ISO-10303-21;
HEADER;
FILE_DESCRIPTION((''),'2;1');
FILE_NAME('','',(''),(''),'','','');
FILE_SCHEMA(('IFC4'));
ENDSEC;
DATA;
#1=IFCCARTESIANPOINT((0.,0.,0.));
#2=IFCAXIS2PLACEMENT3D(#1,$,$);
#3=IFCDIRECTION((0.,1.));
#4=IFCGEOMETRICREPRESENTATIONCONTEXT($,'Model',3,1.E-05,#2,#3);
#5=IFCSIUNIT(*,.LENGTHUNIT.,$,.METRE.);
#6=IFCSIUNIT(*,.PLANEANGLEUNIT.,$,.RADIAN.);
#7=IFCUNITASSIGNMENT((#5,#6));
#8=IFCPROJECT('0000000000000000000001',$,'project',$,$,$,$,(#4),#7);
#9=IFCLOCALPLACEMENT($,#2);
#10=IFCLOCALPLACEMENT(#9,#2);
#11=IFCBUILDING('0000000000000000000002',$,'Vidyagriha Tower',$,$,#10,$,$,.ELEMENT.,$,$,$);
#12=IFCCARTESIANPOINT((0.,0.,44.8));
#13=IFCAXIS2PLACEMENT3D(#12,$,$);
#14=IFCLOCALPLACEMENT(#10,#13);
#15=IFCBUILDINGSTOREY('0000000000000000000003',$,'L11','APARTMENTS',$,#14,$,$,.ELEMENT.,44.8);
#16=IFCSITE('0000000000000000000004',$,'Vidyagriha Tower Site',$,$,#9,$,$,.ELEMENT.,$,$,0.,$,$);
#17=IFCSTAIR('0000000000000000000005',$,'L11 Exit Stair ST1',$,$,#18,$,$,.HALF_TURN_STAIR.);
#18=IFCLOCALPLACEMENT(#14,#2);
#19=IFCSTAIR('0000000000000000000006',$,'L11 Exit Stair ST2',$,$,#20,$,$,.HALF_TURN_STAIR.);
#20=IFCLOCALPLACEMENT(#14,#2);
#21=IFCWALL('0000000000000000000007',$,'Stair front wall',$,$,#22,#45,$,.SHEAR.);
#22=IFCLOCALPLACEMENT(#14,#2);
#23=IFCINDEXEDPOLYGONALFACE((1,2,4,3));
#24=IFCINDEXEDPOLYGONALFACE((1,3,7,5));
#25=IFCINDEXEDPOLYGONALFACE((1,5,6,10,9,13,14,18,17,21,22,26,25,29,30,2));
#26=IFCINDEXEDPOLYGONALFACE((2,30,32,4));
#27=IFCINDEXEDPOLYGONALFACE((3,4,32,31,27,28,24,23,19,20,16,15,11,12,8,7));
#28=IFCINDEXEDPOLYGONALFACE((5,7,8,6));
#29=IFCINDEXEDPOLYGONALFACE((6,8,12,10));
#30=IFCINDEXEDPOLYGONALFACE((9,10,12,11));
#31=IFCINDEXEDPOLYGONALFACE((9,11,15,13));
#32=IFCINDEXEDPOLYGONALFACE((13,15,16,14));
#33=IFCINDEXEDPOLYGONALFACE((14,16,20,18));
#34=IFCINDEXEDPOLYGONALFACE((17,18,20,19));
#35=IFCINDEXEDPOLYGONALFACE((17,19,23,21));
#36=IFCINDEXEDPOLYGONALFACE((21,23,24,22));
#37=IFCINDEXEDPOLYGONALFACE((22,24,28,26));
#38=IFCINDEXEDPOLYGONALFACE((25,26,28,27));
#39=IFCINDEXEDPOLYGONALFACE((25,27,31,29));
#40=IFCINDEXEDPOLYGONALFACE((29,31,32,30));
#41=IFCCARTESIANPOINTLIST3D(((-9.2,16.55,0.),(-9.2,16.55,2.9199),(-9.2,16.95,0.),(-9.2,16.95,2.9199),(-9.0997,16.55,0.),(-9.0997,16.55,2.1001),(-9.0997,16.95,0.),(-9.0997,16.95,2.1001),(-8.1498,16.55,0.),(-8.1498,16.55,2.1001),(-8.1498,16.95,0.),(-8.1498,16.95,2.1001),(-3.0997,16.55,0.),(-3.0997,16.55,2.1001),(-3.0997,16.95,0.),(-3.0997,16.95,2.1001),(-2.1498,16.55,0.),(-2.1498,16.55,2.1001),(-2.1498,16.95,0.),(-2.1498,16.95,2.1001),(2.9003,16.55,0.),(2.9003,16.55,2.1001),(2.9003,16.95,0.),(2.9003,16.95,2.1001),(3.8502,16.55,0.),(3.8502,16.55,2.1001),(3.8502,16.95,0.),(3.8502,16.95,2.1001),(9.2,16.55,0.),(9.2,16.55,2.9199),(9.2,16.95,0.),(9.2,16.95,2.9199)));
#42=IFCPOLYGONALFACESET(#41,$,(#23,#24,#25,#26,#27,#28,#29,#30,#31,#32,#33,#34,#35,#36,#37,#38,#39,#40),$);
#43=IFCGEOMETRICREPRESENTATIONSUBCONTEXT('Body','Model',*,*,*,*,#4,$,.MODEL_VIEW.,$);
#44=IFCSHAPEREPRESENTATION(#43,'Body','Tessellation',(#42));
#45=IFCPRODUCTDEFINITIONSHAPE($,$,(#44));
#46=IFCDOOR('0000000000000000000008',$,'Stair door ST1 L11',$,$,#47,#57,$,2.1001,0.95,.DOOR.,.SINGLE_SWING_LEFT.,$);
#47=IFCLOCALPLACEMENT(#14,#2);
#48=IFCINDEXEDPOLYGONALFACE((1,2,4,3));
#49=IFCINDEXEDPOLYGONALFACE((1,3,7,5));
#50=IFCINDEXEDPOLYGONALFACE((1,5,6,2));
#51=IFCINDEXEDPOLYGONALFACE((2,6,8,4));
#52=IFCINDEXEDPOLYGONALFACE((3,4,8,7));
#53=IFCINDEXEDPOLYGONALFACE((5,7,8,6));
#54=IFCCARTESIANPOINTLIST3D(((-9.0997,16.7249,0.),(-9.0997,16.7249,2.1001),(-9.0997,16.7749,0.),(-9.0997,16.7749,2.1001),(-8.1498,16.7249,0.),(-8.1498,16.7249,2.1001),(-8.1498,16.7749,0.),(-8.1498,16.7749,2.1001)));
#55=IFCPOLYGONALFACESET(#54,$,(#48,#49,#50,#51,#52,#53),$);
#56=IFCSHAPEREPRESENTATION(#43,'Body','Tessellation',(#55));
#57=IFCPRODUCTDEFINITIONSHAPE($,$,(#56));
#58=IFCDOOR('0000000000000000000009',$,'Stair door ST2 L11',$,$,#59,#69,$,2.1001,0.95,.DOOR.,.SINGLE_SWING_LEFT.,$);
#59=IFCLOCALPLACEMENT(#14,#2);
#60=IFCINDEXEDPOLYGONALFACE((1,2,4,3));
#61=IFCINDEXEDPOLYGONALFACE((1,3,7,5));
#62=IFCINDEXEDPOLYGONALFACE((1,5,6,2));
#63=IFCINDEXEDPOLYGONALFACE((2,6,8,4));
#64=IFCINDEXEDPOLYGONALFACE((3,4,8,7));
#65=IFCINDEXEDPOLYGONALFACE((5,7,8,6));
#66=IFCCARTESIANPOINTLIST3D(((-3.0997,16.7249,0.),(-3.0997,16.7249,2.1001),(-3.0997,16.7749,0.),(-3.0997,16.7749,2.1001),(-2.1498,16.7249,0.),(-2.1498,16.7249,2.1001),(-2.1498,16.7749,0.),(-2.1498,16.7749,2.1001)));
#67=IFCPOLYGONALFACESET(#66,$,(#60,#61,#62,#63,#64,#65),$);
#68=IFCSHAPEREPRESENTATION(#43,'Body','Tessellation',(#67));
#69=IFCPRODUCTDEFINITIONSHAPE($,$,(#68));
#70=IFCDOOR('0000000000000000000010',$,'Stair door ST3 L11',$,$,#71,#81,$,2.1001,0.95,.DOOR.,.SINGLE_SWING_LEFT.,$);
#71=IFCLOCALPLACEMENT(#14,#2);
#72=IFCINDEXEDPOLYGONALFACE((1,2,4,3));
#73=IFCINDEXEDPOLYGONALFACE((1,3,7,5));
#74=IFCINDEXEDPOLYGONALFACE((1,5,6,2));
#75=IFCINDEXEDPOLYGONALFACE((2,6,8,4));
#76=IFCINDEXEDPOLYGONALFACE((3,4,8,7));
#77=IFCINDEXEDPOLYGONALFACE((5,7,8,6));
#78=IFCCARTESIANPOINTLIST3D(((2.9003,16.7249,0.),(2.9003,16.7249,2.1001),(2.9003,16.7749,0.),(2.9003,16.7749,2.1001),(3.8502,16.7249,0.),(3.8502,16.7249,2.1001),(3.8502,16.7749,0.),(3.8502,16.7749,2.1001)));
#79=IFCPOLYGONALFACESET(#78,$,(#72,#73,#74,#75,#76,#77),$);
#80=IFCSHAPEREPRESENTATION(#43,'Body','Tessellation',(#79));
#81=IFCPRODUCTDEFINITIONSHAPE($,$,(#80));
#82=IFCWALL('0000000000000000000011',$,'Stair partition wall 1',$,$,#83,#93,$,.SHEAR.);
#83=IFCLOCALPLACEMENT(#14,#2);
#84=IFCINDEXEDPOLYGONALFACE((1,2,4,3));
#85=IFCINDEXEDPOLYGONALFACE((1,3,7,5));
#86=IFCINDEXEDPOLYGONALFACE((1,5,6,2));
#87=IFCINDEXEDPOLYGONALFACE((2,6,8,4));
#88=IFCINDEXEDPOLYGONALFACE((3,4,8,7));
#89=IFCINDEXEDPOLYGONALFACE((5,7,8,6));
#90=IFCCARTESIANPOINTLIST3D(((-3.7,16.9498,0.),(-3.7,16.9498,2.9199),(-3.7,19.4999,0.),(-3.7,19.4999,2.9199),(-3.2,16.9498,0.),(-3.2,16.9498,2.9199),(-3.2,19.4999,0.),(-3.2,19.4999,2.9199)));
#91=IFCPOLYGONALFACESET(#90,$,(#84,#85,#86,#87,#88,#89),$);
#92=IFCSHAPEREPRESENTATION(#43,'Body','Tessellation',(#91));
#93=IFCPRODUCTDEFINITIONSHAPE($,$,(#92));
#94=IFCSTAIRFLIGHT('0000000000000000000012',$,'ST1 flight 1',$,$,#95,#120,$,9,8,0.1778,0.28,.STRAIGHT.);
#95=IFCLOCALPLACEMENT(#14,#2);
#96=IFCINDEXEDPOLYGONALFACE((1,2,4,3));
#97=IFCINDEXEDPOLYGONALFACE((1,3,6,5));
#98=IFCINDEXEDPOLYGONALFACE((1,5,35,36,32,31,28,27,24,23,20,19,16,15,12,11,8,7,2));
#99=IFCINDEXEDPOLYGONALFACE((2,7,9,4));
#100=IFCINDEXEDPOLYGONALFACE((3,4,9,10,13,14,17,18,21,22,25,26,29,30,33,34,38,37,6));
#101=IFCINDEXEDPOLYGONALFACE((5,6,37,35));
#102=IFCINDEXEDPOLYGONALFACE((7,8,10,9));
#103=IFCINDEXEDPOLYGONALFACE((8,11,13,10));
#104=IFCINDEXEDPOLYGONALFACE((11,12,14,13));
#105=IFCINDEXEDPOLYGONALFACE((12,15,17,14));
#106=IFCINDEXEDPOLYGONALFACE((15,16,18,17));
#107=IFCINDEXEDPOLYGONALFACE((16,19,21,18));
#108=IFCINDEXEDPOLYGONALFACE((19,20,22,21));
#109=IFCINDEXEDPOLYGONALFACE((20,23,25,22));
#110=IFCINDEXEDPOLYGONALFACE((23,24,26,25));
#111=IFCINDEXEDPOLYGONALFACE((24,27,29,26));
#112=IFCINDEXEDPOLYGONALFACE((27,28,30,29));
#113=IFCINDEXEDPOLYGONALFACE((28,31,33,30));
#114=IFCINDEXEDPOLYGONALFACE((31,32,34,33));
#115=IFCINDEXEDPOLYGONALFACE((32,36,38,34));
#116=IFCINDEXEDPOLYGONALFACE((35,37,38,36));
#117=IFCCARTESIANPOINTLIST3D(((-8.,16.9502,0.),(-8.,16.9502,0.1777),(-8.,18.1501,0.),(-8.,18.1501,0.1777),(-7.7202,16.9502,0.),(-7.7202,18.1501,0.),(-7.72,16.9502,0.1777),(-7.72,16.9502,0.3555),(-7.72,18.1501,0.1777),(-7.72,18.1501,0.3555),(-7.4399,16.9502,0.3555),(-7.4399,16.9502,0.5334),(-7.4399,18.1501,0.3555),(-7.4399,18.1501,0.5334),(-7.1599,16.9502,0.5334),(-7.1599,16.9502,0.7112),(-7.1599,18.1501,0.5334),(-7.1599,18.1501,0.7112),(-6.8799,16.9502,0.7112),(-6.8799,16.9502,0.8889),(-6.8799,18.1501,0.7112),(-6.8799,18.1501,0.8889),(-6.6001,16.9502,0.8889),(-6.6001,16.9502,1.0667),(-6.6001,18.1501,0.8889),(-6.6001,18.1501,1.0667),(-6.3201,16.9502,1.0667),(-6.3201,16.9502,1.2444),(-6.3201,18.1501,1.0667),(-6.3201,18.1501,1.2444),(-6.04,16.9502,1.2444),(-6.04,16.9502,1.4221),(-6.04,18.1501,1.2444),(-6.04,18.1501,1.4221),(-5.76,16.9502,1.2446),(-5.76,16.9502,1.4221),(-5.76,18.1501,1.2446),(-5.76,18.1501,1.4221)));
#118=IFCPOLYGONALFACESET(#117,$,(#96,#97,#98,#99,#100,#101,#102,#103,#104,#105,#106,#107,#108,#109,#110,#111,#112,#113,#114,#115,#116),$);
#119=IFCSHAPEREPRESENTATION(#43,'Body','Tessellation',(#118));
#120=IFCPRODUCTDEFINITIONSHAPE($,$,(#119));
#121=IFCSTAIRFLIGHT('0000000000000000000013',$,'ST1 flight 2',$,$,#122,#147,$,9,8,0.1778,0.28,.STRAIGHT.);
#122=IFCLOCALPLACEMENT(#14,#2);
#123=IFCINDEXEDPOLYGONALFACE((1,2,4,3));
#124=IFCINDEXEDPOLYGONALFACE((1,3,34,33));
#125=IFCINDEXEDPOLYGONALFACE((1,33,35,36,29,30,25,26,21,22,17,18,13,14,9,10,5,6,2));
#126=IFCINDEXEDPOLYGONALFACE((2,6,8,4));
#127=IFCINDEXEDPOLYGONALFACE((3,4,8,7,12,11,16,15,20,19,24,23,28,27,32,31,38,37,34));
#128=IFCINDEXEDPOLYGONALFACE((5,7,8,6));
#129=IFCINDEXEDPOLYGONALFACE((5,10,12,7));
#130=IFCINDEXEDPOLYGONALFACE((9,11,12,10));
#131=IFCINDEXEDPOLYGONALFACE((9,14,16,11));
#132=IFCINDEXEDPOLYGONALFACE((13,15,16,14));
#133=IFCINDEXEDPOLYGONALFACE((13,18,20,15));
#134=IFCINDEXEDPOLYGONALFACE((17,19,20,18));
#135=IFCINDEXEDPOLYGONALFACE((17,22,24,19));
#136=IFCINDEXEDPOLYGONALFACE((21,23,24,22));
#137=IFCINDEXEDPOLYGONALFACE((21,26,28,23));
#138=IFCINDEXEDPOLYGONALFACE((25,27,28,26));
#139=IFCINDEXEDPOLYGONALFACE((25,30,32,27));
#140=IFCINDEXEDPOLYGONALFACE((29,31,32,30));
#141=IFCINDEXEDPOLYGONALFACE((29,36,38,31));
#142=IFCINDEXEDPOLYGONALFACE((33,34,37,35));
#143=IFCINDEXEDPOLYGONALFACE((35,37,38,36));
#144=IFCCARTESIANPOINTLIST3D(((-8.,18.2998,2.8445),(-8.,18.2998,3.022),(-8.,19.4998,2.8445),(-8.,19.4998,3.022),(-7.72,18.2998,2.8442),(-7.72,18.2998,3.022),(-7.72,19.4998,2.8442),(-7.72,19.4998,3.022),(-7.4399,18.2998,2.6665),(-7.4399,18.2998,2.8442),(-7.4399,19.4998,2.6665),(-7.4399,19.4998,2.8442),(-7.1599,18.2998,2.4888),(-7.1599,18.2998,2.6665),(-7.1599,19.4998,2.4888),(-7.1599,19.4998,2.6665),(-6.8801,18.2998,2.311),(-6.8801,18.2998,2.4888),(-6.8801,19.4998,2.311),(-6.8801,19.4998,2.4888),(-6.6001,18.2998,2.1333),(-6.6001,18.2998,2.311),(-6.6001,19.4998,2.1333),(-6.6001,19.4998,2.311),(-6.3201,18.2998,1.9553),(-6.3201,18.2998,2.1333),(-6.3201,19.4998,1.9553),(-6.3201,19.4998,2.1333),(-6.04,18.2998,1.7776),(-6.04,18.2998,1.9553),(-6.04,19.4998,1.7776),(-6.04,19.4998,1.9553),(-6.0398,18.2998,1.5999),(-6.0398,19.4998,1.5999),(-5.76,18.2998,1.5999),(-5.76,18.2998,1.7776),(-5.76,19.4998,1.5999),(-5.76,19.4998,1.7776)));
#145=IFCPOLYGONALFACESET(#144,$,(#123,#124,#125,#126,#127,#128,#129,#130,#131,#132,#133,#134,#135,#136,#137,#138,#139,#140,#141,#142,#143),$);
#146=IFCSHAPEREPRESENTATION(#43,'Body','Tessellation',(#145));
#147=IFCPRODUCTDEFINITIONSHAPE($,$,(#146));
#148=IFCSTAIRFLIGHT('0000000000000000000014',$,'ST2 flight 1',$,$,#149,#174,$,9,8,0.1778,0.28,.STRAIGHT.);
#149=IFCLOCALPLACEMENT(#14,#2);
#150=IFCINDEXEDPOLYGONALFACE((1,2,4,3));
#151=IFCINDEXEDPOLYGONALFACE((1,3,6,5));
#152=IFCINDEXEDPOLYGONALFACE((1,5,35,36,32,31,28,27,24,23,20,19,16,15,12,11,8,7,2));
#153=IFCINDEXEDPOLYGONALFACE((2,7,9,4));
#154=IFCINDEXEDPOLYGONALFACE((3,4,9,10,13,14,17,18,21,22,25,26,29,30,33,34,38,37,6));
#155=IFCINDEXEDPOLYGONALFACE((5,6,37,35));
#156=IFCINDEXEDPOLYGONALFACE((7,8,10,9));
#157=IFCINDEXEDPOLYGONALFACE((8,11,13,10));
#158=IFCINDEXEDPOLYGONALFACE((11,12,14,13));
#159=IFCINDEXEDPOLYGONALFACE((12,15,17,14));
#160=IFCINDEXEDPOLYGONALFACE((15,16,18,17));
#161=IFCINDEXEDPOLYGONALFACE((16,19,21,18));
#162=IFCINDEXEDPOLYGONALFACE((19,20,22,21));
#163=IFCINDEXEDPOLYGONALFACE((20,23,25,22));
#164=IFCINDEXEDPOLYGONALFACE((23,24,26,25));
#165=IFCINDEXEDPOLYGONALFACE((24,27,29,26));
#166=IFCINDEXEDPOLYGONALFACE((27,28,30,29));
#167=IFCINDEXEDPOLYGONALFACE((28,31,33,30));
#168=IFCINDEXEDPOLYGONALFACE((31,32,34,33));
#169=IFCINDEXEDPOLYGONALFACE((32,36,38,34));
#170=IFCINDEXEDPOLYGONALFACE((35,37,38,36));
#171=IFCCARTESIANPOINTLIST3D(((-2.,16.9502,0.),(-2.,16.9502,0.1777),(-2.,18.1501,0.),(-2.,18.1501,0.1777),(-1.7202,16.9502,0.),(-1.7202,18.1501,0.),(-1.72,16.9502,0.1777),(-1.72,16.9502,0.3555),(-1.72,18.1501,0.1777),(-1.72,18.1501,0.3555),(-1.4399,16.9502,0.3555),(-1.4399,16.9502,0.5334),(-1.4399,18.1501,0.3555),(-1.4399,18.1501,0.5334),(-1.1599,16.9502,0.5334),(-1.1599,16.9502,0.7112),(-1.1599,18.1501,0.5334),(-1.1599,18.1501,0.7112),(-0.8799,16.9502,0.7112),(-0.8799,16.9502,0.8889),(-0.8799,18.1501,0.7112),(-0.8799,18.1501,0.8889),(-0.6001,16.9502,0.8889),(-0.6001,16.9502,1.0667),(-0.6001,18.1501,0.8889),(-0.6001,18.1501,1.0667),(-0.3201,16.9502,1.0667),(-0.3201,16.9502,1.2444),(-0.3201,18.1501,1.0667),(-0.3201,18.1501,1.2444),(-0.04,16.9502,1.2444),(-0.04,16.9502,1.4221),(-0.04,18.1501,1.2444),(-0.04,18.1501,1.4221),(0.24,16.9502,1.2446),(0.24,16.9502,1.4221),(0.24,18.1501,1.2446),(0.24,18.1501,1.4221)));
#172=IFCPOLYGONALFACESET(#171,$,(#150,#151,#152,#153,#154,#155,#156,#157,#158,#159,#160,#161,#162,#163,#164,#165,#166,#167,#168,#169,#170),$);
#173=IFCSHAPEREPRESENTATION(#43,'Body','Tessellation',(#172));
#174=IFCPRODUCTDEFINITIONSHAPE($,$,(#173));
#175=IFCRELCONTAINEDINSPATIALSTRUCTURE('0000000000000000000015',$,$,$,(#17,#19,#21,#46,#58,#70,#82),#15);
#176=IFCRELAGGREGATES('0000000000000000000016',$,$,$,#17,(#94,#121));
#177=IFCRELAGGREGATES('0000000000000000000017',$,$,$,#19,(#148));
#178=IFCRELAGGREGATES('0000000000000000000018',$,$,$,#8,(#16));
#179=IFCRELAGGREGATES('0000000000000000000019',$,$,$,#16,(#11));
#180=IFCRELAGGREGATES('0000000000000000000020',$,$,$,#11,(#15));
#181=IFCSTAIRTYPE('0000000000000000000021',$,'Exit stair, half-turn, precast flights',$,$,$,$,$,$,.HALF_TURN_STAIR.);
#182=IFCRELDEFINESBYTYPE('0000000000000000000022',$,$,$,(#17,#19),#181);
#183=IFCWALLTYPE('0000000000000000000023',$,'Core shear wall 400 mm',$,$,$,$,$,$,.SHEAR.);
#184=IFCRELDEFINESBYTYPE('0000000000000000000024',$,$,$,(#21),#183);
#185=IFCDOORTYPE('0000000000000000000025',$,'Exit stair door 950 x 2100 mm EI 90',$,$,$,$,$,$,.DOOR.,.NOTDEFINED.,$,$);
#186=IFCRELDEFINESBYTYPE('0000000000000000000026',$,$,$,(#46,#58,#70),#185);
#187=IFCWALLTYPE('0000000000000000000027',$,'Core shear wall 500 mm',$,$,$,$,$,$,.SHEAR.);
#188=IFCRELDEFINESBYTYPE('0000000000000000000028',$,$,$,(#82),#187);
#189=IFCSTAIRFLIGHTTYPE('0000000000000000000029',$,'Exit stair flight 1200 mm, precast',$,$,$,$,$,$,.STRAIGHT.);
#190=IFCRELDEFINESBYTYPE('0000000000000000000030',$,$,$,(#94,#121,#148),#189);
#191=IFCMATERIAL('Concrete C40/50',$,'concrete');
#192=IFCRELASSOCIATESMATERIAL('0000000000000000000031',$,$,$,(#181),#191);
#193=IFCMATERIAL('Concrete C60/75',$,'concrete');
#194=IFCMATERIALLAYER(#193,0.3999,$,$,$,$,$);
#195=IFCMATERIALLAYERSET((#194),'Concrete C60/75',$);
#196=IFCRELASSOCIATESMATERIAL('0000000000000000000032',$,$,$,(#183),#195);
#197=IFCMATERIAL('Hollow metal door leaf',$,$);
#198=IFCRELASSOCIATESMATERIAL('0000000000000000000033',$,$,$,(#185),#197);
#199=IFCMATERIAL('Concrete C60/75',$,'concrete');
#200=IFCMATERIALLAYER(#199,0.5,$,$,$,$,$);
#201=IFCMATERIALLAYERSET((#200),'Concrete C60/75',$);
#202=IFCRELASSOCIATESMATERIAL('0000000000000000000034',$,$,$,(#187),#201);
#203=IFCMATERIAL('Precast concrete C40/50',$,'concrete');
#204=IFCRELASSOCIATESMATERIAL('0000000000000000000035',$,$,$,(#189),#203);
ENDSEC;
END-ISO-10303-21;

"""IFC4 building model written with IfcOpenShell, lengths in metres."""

from ifc_helpers import new_model, si_unit, direction, frame, frame_2d, origin, place, context, subcontext, project, spatial, polyline, rectangle, outline, extrude, material, layer, layer_set, type_object, element, fill, aggregate, save


model = new_model("IFC4")

# Units and contexts
model_context = context("Model", 3, precision=1e-05, world=origin(), true_north=direction((0.0, 1.0)))
body_context = subcontext(model_context, "Body", "Model", "MODEL_VIEW")
ifc_project = project(units=[si_unit("LENGTHUNIT", "METRE"), si_unit("PLANEANGLEUNIT", "RADIAN")], contexts=[model_context])

# Site, building, storey
site_placement = place(None, origin())
site = spatial("IfcSite", under=ifc_project, at=site_placement, Name="Vidyagriha Tower Site", CompositionType="ELEMENT", RefElevation=0.0)
building_placement = place(site_placement, origin())
building = spatial("IfcBuilding", under=site, at=building_placement, Name="Vidyagriha Tower", CompositionType="ELEMENT")
storey_placement = place(building_placement, frame((0.0, 0.0, 44.8)))
storey = spatial("IfcBuildingStorey", under=building, at=storey_placement, Name="L11", Description="APARTMENTS", CompositionType="ELEMENT", Elevation=44.8)

# Stairs
ifc_material_1 = material(Name="Concrete C40/50", Category="concrete")
stair_type = type_object("IfcStairType", Name="Exit stair, half-turn, precast flights", PredefinedType="HALF_TURN_STAIR", material=ifc_material_1)
stair_1_placement = place(storey_placement, origin())
stair_1 = element("IfcStair", 1, at=stair_1_placement, inside=storey, type_object=stair_type, Name="L11 Exit Stair ST1", PredefinedType="HALF_TURN_STAIR")
stair_2_placement = place(storey_placement, origin())
stair_2 = element("IfcStair", 2, at=stair_2_placement, inside=storey, type_object=stair_type, Name="L11 Exit Stair ST2", PredefinedType="HALF_TURN_STAIR")

# Shared definitions
ifc_material_2 = material(Name="Concrete C60/75", Category="concrete")
ifc_layer_1 = layer(ifc_material_2, 0.3999)
ifc_layer_set_1 = layer_set([ifc_layer_1], Name="Concrete C60/75")
wall_type_1 = type_object("IfcWallType", Name="Core shear wall 400 mm", PredefinedType="SHEAR", material=ifc_layer_set_1)

# Wall, openings, doors
wall_1_placement = place(storey_placement, frame((-9.2, 16.75, 0.0)))
wall_1 = element("IfcWall", 3, at=wall_1_placement, inside=storey, type_object=wall_type_1, Name="Stair front wall", PredefinedType="SHEAR", context=body_context, shape_type="SweptSolid", body=[
    extrude(rectangle(XDim=18.3999, YDim=0.3999, at=frame_2d((9.2, 0.0))), origin(), (0.0, 0.0, 1.0), 2.9199),
])
opening_1_placement = place(wall_1_placement, frame((0.1001, 0.0, 0.0)))
opening_1 = element("IfcOpeningElement", 4, at=opening_1_placement, cuts=wall_1, PredefinedType="OPENING", context=body_context, shape_type="SweptSolid", body=[
    extrude(rectangle(XDim=0.95, YDim=2.1001, at=frame_2d((0.4751, 1.05))), frame((0.0, 0.21, 0.0), z_axis=(0.0, -1.0, 0.0), x_axis=(1.0, 0.0, 0.0)), (0.0, 0.0, 1.0), 0.4199),
])
opening_2_placement = place(wall_1_placement, frame((6.1001, 0.0, 0.0)))
opening_2 = element("IfcOpeningElement", 5, at=opening_2_placement, cuts=wall_1, PredefinedType="OPENING", context=body_context, shape_type="SweptSolid", body=[
    extrude(rectangle(XDim=0.95, YDim=2.1001, at=frame_2d((0.4751, 1.05))), frame((0.0, 0.21, 0.0), z_axis=(0.0, -1.0, 0.0), x_axis=(1.0, 0.0, 0.0)), (0.0, 0.0, 1.0), 0.4199),
])
opening_3_placement = place(wall_1_placement, frame((12.1001, 0.0, 0.0)))
opening_3 = element("IfcOpeningElement", 6, at=opening_3_placement, cuts=wall_1, PredefinedType="OPENING", context=body_context, shape_type="SweptSolid", body=[
    extrude(rectangle(XDim=0.95, YDim=2.1001, at=frame_2d((0.4751, 1.05))), frame((0.0, 0.21, 0.0), z_axis=(0.0, -1.0, 0.0), x_axis=(1.0, 0.0, 0.0)), (0.0, 0.0, 1.0), 0.4199),
])
ifc_material_3 = material(Name="Hollow metal door leaf")
door_type = type_object("IfcDoorType", Name="Exit stair door 950 x 2100 mm EI 90", OperationType="NOTDEFINED", PredefinedType="DOOR", material=ifc_material_3)
door_1_placement = place(opening_1_placement, origin())
door_1 = element("IfcDoor", 7, at=door_1_placement, inside=storey, type_object=door_type, Name="Stair door ST1 L11", OperationType="SINGLE_SWING_LEFT", OverallHeight=2.1001, OverallWidth=0.95, PredefinedType="DOOR", context=body_context, shape_type="SweptSolid", body=[
    extrude(rectangle(XDim=0.95, YDim=2.1001, at=frame_2d((0.4751, 1.05))), frame((0.0, 0.0249, 0.0), z_axis=(0.0, -1.0, 0.0), x_axis=(1.0, 0.0, 0.0)), (0.0, 0.0, 1.0), 0.05),
])
fill(opening_1, door_1)
door_2_placement = place(opening_2_placement, origin())
door_2 = element("IfcDoor", 8, at=door_2_placement, inside=storey, type_object=door_type, Name="Stair door ST2 L11", OperationType="SINGLE_SWING_LEFT", OverallHeight=2.1001, OverallWidth=0.95, PredefinedType="DOOR", context=body_context, shape_type="SweptSolid", body=[
    extrude(rectangle(XDim=0.95, YDim=2.1001, at=frame_2d((0.4751, 1.05))), frame((0.0, 0.0249, 0.0), z_axis=(0.0, -1.0, 0.0), x_axis=(1.0, 0.0, 0.0)), (0.0, 0.0, 1.0), 0.05),
])
fill(opening_2, door_2)
door_3_placement = place(opening_3_placement, origin())
door_3 = element("IfcDoor", 9, at=door_3_placement, inside=storey, type_object=door_type, Name="Stair door ST3 L11", OperationType="SINGLE_SWING_LEFT", OverallHeight=2.1001, OverallWidth=0.95, PredefinedType="DOOR", context=body_context, shape_type="SweptSolid", body=[
    extrude(rectangle(XDim=0.95, YDim=2.1001, at=frame_2d((0.4751, 1.05))), frame((0.0, 0.0249, 0.0), z_axis=(0.0, -1.0, 0.0), x_axis=(1.0, 0.0, 0.0)), (0.0, 0.0, 1.0), 0.05),
])
fill(opening_3, door_3)

# Wall
ifc_material_4 = material(Name="Concrete C60/75", Category="concrete")
ifc_layer_2 = layer(ifc_material_4, 0.5)
ifc_layer_set_2 = layer_set([ifc_layer_2], Name="Concrete C60/75")
wall_type_2 = type_object("IfcWallType", Name="Core shear wall 500 mm", PredefinedType="SHEAR", material=ifc_layer_set_2)
wall_2_placement = place(storey_placement, frame((-3.45, 16.95, 0.0), z_axis=(0.0, 0.0, 1.0), x_axis=(0.0, 1.0, 0.0)))
element("IfcWall", 10, at=wall_2_placement, inside=storey, type_object=wall_type_2, Name="Stair partition wall 1", PredefinedType="SHEAR", context=body_context, shape_type="SweptSolid", body=[
    extrude(rectangle(XDim=2.55, YDim=0.5, at=frame_2d((1.2749, 0.0))), origin(), (0.0, 0.0, 1.0), 2.9199),
])

# Stair flights
ifc_material_5 = material(Name="Precast concrete C40/50", Category="concrete")
stair_flight_type = type_object("IfcStairFlightType", Name="Exit stair flight 1200 mm, precast", PredefinedType="STRAIGHT", material=ifc_material_5)
stair_flight_1_placement = place(storey_placement, frame((-8.0, 17.55, 0.0)))
stair_flight_1 = element("IfcStairFlight", 11, at=stair_flight_1_placement, type_object=stair_flight_type, Name="ST1 flight 1", NumberOfRisers=9, NumberOfTreads=8, PredefinedType="STRAIGHT", RiserHeight=0.1778, TreadLength=0.28, context=body_context, shape_type="SweptSolid", body=[
    extrude(outline(polyline([(0.0, 0.0), (0.0, 0.1777), (0.28, 0.1777), (0.28, 0.3555), (0.5601, 0.3555), (0.5601, 0.5334), (0.8401, 0.5334), (0.8401, 0.7112), (1.1201, 0.7112), (1.1201, 0.8889), (1.3999, 0.8889), (1.3999, 1.0667), (1.6799, 1.0667), (1.6799, 1.2444), (1.96, 1.2444), (1.96, 1.4221), (2.24, 1.4221), (2.24, 1.6001), (2.24, 1.2446), (0.2798, 0.0), (0.0, 0.0)])), frame((0.0, 0.6001, 0.0), z_axis=(0.0, -1.0, 0.0), x_axis=(1.0, 0.0, 0.0)), (0.0, 0.0, 1.0), 1.2),
])
stair_flight_2_placement = place(storey_placement, frame((-5.76, 18.8999, 1.5999), z_axis=(0.0, 0.0, 1.0), x_axis=(-1.0, 0.0, 0.0)))
stair_flight_2 = element("IfcStairFlight", 12, at=stair_flight_2_placement, type_object=stair_flight_type, Name="ST1 flight 2", NumberOfRisers=9, NumberOfTreads=8, PredefinedType="STRAIGHT", RiserHeight=0.1778, TreadLength=0.28, context=body_context, shape_type="SweptSolid", body=[
    extrude(outline(polyline([(0.0, 0.0), (0.0, 0.1777), (0.28, 0.1777), (0.28, 0.3555), (0.5601, 0.3555), (0.5601, 0.5334), (0.8401, 0.5334), (0.8401, 0.7112), (1.1201, 0.7112), (1.1201, 0.8889), (1.3999, 0.8889), (1.3999, 1.0667), (1.6799, 1.0667), (1.6799, 1.2444), (1.96, 1.2444), (1.96, 1.4221), (2.24, 1.4221), (2.24, 1.6001), (2.24, 1.2446), (0.2798, 0.0), (0.0, 0.0)])), frame((0.0, 0.6001, 0.0), z_axis=(0.0, -1.0, 0.0), x_axis=(1.0, 0.0, 0.0)), (0.0, 0.0, 1.0), 1.2),
])
aggregate(stair_1, [stair_flight_1, stair_flight_2])
stair_flight_3_placement = place(storey_placement, frame((-2.0, 17.55, 0.0)))
stair_flight_3 = element("IfcStairFlight", 13, at=stair_flight_3_placement, type_object=stair_flight_type, Name="ST2 flight 1", NumberOfRisers=9, NumberOfTreads=8, PredefinedType="STRAIGHT", RiserHeight=0.1778, TreadLength=0.28, context=body_context, shape_type="SweptSolid", body=[
    extrude(outline(polyline([(0.0, 0.0), (0.0, 0.1777), (0.28, 0.1777), (0.28, 0.3555), (0.5601, 0.3555), (0.5601, 0.5334), (0.8401, 0.5334), (0.8401, 0.7112), (1.1201, 0.7112), (1.1201, 0.8889), (1.3999, 0.8889), (1.3999, 1.0667), (1.6799, 1.0667), (1.6799, 1.2444), (1.96, 1.2444), (1.96, 1.4221), (2.24, 1.4221), (2.24, 1.6001), (2.24, 1.2446), (0.2798, 0.0), (0.0, 0.0)])), frame((0.0, 0.6001, 0.0), z_axis=(0.0, -1.0, 0.0), x_axis=(1.0, 0.0, 0.0)), (0.0, 0.0, 1.0), 1.2),
])
aggregate(stair_2, [stair_flight_3])

save(model, "model.ifc")
